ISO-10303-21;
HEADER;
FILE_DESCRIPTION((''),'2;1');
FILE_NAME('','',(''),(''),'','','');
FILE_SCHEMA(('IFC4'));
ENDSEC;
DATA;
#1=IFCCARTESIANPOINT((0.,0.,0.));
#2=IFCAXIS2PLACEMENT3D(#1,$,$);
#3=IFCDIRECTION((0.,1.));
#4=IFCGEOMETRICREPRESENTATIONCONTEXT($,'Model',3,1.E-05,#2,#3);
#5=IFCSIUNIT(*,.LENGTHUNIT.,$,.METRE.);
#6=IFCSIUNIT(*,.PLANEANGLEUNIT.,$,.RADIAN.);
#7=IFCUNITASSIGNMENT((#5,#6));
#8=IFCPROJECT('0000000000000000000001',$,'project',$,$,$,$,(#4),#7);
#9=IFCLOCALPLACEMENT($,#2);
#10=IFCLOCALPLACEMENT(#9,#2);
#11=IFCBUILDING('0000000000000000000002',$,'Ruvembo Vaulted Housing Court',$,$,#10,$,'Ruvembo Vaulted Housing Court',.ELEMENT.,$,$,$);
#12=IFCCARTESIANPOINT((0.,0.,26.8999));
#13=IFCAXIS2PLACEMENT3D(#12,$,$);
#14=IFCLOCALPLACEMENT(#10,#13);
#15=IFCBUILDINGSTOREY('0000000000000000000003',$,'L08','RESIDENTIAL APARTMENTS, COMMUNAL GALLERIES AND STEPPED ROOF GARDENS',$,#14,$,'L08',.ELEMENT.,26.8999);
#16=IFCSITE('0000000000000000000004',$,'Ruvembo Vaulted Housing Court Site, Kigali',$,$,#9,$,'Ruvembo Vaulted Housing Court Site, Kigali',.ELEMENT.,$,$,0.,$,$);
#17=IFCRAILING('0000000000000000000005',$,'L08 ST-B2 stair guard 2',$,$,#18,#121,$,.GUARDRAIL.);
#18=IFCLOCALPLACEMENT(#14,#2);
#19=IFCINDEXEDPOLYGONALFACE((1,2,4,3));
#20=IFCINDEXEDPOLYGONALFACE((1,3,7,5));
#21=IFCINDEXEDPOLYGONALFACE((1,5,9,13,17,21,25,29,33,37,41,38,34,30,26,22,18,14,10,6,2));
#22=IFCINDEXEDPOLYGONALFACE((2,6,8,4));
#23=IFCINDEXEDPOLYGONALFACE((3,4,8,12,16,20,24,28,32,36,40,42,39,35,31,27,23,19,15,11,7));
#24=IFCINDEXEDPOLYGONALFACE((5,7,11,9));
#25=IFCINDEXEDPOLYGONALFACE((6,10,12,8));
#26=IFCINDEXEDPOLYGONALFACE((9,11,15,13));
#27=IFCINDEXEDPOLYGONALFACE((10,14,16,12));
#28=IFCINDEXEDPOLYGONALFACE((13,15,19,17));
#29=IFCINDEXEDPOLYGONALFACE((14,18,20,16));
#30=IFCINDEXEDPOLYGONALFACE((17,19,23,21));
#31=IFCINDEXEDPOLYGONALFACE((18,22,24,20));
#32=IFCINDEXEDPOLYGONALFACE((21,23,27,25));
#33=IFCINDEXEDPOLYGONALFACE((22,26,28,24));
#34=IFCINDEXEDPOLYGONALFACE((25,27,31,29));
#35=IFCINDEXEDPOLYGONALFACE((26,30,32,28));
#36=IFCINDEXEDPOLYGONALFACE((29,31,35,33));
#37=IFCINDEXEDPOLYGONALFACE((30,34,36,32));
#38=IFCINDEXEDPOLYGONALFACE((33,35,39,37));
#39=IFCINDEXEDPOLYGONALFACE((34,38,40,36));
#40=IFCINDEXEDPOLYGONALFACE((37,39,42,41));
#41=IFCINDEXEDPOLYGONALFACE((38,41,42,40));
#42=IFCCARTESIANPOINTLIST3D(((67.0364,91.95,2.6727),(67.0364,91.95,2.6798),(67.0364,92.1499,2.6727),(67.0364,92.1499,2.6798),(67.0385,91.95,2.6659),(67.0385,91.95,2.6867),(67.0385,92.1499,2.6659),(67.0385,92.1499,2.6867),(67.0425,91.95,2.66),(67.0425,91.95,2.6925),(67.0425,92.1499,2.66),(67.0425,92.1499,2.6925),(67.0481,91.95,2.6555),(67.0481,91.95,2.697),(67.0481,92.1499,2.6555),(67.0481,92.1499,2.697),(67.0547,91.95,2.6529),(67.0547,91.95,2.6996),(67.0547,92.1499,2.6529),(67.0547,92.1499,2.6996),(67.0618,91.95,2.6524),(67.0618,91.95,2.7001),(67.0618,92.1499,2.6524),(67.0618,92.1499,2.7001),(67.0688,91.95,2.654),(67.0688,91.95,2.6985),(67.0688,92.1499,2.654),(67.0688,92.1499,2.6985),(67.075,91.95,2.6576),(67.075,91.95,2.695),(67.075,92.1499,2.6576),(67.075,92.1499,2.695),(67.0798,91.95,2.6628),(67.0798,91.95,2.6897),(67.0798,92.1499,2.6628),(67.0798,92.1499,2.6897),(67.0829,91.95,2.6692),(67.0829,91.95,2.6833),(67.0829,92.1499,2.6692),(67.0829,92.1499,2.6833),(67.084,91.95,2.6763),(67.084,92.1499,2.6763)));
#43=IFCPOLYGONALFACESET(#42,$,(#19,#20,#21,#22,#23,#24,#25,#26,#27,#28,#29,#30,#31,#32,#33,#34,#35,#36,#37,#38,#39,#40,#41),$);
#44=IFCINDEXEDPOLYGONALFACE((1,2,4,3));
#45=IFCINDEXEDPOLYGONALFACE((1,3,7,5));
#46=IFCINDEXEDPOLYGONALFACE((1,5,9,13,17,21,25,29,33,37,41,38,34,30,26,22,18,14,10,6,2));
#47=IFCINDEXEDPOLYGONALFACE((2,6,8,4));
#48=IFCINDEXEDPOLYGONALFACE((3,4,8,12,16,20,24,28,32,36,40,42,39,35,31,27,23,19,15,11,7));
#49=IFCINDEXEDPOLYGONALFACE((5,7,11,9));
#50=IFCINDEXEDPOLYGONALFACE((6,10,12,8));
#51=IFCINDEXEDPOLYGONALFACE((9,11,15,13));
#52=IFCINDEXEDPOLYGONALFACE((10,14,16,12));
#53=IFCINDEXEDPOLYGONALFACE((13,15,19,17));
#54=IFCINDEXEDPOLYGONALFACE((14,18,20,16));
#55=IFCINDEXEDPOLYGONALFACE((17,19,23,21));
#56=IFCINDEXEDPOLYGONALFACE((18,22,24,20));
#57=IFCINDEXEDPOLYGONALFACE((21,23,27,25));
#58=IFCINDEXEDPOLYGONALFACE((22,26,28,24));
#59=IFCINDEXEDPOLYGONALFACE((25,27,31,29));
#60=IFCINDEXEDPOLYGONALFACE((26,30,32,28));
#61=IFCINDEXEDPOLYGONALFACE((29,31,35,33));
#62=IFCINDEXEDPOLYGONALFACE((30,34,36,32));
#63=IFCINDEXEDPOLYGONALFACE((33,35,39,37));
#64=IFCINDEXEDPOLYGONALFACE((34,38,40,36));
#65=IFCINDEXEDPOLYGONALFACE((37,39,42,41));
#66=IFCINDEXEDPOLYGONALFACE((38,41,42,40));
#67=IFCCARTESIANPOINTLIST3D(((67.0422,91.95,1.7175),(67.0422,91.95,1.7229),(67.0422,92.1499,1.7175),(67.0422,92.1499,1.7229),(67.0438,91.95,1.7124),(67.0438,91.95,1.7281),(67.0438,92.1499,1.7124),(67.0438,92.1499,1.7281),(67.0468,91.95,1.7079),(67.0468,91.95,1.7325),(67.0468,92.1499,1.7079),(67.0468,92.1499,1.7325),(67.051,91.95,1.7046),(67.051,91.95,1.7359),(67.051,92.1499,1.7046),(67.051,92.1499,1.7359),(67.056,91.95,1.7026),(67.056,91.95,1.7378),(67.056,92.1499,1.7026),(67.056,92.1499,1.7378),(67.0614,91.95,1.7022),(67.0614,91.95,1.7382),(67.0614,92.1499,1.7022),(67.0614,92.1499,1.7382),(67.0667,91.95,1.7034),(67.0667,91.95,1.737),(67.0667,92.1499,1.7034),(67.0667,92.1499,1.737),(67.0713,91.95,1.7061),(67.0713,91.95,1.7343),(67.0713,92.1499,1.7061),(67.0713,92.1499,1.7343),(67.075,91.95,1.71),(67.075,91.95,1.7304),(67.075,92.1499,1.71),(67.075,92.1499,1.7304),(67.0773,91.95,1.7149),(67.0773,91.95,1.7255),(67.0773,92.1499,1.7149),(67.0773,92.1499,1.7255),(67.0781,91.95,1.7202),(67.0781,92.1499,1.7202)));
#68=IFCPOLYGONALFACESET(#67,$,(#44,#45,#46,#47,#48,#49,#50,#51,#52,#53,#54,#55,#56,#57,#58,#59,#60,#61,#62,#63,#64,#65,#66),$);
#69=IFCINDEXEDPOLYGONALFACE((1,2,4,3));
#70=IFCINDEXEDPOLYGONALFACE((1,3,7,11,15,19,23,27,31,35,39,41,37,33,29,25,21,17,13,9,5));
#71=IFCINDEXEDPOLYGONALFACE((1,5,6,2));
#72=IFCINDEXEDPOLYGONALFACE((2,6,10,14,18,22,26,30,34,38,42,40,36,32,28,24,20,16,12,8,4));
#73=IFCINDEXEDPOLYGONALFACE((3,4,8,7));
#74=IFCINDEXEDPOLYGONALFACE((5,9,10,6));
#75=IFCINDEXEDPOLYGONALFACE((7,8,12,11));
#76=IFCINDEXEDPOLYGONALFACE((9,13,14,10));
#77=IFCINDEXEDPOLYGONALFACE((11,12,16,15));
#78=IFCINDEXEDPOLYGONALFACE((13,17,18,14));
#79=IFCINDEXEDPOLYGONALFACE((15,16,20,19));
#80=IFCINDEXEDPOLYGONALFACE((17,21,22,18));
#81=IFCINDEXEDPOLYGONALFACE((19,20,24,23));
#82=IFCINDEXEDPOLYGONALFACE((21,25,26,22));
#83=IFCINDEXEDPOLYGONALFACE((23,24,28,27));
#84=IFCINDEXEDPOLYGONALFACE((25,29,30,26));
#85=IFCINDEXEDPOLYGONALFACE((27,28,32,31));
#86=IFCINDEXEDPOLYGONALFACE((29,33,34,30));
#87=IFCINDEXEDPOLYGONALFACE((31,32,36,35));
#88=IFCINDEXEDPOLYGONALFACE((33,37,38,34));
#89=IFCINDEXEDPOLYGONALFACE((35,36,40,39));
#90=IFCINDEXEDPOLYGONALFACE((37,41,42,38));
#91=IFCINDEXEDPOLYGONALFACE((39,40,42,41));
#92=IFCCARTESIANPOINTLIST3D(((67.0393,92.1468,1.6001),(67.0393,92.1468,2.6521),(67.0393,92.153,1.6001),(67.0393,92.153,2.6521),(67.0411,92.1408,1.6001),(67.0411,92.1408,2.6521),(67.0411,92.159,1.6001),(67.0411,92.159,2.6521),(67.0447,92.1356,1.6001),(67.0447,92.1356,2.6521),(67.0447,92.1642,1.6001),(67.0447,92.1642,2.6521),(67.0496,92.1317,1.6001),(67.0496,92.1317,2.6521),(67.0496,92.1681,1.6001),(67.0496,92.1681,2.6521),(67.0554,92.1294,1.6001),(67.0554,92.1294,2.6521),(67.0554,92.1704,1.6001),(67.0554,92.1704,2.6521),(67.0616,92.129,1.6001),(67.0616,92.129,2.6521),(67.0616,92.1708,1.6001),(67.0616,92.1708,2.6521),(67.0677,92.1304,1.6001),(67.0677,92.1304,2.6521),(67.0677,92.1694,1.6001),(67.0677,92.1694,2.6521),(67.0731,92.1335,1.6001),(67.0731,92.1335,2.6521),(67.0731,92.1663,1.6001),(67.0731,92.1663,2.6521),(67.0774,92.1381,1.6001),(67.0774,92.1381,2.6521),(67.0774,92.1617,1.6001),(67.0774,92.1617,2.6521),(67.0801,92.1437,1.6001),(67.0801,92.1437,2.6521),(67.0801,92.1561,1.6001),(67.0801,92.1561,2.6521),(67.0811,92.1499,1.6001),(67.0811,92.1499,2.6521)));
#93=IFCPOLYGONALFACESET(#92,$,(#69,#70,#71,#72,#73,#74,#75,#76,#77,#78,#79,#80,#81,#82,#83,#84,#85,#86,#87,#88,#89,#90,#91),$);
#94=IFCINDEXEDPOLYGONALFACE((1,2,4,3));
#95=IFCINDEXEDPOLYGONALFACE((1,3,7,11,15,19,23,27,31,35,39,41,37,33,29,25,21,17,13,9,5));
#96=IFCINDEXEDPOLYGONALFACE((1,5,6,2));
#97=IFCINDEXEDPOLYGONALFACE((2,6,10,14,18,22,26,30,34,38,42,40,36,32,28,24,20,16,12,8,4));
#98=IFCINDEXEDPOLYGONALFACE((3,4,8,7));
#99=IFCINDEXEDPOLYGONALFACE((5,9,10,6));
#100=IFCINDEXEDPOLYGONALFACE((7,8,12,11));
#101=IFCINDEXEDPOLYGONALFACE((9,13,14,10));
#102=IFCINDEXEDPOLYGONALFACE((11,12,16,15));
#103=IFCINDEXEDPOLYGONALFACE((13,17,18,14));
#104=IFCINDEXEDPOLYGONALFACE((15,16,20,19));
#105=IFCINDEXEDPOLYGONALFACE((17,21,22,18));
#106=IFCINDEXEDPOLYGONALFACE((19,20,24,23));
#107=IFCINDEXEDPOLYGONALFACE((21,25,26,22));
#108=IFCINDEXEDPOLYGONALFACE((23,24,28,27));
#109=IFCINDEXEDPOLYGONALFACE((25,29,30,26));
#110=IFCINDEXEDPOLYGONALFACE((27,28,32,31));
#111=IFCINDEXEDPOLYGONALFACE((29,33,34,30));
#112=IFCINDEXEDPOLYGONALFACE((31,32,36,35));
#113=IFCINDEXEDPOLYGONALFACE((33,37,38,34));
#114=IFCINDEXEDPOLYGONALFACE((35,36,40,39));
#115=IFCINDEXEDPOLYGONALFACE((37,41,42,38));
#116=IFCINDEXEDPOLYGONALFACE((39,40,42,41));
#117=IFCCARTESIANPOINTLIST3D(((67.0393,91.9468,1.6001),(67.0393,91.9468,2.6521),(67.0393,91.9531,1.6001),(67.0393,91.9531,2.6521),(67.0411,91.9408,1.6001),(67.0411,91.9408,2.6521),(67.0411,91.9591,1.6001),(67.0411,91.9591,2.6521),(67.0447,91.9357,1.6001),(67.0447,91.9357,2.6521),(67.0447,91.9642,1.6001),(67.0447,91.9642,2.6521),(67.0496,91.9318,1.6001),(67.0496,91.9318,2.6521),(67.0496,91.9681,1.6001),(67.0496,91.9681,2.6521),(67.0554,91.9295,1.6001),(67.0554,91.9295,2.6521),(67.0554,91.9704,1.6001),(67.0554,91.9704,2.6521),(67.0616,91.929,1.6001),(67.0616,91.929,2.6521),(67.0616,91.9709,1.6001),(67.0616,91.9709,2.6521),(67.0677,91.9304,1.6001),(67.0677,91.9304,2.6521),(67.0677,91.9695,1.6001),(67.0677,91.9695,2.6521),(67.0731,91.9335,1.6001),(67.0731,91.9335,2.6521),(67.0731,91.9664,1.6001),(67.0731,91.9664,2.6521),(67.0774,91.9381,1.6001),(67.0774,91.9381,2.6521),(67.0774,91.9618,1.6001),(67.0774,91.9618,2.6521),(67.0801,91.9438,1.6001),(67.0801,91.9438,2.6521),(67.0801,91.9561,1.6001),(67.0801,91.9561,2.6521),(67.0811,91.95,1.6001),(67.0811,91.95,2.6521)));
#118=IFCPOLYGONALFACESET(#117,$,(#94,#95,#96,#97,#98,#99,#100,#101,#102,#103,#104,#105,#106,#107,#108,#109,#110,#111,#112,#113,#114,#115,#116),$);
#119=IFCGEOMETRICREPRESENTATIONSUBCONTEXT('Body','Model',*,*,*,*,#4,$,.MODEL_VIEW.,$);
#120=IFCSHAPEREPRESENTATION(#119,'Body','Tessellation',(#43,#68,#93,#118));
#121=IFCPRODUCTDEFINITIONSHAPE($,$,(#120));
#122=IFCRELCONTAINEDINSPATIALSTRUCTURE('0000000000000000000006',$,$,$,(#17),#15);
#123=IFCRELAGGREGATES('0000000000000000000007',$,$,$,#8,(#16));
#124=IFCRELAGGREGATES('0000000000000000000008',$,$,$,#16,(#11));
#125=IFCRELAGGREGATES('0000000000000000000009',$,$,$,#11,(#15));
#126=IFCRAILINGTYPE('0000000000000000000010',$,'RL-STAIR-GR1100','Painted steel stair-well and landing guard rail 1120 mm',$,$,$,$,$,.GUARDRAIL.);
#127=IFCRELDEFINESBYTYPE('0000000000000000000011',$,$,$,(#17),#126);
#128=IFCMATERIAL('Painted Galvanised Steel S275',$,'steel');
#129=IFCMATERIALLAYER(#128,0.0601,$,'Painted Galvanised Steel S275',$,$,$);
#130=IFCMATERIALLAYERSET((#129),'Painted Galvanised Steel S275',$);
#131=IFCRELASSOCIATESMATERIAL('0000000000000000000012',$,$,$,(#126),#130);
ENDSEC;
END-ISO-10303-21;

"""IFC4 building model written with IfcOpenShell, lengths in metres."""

from ifc_helpers import new_model, si_unit, direction, frame, origin, origin_2d, place, context, subcontext, project, spatial, circle, extrude, material, layer, layer_set, type_object, element, save


model = new_model("IFC4")

# Units and contexts
model_context = context("Model", 3, precision=1e-05, world=origin(), true_north=direction((0.0, 1.0)))
body_context = subcontext(model_context, "Body", "Model", "MODEL_VIEW")
ifc_project = project(units=[si_unit("LENGTHUNIT", "METRE"), si_unit("PLANEANGLEUNIT", "RADIAN")], contexts=[model_context])

# Site, building, storey
site_placement = place(None, origin())
site = spatial("IfcSite", under=ifc_project, at=site_placement, Name="Ruvembo Vaulted Housing Court Site, Kigali", LongName="Ruvembo Vaulted Housing Court Site, Kigali", CompositionType="ELEMENT", RefElevation=0.0)
building_placement = place(site_placement, origin())
building = spatial("IfcBuilding", under=site, at=building_placement, Name="Ruvembo Vaulted Housing Court", LongName="Ruvembo Vaulted Housing Court", CompositionType="ELEMENT")
storey_placement = place(building_placement, frame((0.0, 0.0, 26.8999)))
storey = spatial("IfcBuildingStorey", under=building, at=storey_placement, Name="L08", Description="RESIDENTIAL APARTMENTS, COMMUNAL GALLERIES AND STEPPED ROOF GARDENS", LongName="L08", CompositionType="ELEMENT", Elevation=26.8999)

# Railing
ifc_material_1 = material(Name="Painted Galvanised Steel S275", Category="steel")
ifc_layer_1 = layer(ifc_material_1, 0.0601, Name="Painted Galvanised Steel S275")
ifc_layer_set_1 = layer_set([ifc_layer_1], Name="Painted Galvanised Steel S275")
railing_type_1 = type_object("IfcRailingType", Name="RL-STAIR-GR1100", Description="Painted steel stair-well and landing guard rail 1120 mm", PredefinedType="GUARDRAIL", material=ifc_layer_set_1)
for number, where, name in (
    (1, (67.0601, 92.1499, 1.6001), "L08 ST-B2 stair guard 2"),
):
    element("IfcRailing", number, at=place(storey_placement, frame(where)), inside=storey, type_object=railing_type_1, Name=name, PredefinedType="GUARDRAIL", context=body_context, shape_type="SweptSolid", body=[
        extrude(circle(Radius=0.0239, at=origin_2d()), frame((0.0, 0.0, 1.0762), z_axis=(0.0, -1.0, 0.0), x_axis=(1.0, 0.0, 0.0)), (0.0, 0.0, 1.0), 0.2),
        extrude(circle(Radius=0.0181, at=origin_2d()), frame((0.0, 0.0, 0.1201), z_axis=(0.0, -1.0, 0.0), x_axis=(1.0, 0.0, 0.0)), (0.0, 0.0, 1.0), 0.2),
        extrude(circle(Radius=0.021, at=origin_2d()), origin(), (0.0, 0.0, 1.0), 1.052),
        extrude(circle(Radius=0.021, at=origin_2d()), frame((0.0, -0.2, 0.0)), (0.0, 0.0, 1.0), 1.052),
    ])

save(model, "model.ifc")
